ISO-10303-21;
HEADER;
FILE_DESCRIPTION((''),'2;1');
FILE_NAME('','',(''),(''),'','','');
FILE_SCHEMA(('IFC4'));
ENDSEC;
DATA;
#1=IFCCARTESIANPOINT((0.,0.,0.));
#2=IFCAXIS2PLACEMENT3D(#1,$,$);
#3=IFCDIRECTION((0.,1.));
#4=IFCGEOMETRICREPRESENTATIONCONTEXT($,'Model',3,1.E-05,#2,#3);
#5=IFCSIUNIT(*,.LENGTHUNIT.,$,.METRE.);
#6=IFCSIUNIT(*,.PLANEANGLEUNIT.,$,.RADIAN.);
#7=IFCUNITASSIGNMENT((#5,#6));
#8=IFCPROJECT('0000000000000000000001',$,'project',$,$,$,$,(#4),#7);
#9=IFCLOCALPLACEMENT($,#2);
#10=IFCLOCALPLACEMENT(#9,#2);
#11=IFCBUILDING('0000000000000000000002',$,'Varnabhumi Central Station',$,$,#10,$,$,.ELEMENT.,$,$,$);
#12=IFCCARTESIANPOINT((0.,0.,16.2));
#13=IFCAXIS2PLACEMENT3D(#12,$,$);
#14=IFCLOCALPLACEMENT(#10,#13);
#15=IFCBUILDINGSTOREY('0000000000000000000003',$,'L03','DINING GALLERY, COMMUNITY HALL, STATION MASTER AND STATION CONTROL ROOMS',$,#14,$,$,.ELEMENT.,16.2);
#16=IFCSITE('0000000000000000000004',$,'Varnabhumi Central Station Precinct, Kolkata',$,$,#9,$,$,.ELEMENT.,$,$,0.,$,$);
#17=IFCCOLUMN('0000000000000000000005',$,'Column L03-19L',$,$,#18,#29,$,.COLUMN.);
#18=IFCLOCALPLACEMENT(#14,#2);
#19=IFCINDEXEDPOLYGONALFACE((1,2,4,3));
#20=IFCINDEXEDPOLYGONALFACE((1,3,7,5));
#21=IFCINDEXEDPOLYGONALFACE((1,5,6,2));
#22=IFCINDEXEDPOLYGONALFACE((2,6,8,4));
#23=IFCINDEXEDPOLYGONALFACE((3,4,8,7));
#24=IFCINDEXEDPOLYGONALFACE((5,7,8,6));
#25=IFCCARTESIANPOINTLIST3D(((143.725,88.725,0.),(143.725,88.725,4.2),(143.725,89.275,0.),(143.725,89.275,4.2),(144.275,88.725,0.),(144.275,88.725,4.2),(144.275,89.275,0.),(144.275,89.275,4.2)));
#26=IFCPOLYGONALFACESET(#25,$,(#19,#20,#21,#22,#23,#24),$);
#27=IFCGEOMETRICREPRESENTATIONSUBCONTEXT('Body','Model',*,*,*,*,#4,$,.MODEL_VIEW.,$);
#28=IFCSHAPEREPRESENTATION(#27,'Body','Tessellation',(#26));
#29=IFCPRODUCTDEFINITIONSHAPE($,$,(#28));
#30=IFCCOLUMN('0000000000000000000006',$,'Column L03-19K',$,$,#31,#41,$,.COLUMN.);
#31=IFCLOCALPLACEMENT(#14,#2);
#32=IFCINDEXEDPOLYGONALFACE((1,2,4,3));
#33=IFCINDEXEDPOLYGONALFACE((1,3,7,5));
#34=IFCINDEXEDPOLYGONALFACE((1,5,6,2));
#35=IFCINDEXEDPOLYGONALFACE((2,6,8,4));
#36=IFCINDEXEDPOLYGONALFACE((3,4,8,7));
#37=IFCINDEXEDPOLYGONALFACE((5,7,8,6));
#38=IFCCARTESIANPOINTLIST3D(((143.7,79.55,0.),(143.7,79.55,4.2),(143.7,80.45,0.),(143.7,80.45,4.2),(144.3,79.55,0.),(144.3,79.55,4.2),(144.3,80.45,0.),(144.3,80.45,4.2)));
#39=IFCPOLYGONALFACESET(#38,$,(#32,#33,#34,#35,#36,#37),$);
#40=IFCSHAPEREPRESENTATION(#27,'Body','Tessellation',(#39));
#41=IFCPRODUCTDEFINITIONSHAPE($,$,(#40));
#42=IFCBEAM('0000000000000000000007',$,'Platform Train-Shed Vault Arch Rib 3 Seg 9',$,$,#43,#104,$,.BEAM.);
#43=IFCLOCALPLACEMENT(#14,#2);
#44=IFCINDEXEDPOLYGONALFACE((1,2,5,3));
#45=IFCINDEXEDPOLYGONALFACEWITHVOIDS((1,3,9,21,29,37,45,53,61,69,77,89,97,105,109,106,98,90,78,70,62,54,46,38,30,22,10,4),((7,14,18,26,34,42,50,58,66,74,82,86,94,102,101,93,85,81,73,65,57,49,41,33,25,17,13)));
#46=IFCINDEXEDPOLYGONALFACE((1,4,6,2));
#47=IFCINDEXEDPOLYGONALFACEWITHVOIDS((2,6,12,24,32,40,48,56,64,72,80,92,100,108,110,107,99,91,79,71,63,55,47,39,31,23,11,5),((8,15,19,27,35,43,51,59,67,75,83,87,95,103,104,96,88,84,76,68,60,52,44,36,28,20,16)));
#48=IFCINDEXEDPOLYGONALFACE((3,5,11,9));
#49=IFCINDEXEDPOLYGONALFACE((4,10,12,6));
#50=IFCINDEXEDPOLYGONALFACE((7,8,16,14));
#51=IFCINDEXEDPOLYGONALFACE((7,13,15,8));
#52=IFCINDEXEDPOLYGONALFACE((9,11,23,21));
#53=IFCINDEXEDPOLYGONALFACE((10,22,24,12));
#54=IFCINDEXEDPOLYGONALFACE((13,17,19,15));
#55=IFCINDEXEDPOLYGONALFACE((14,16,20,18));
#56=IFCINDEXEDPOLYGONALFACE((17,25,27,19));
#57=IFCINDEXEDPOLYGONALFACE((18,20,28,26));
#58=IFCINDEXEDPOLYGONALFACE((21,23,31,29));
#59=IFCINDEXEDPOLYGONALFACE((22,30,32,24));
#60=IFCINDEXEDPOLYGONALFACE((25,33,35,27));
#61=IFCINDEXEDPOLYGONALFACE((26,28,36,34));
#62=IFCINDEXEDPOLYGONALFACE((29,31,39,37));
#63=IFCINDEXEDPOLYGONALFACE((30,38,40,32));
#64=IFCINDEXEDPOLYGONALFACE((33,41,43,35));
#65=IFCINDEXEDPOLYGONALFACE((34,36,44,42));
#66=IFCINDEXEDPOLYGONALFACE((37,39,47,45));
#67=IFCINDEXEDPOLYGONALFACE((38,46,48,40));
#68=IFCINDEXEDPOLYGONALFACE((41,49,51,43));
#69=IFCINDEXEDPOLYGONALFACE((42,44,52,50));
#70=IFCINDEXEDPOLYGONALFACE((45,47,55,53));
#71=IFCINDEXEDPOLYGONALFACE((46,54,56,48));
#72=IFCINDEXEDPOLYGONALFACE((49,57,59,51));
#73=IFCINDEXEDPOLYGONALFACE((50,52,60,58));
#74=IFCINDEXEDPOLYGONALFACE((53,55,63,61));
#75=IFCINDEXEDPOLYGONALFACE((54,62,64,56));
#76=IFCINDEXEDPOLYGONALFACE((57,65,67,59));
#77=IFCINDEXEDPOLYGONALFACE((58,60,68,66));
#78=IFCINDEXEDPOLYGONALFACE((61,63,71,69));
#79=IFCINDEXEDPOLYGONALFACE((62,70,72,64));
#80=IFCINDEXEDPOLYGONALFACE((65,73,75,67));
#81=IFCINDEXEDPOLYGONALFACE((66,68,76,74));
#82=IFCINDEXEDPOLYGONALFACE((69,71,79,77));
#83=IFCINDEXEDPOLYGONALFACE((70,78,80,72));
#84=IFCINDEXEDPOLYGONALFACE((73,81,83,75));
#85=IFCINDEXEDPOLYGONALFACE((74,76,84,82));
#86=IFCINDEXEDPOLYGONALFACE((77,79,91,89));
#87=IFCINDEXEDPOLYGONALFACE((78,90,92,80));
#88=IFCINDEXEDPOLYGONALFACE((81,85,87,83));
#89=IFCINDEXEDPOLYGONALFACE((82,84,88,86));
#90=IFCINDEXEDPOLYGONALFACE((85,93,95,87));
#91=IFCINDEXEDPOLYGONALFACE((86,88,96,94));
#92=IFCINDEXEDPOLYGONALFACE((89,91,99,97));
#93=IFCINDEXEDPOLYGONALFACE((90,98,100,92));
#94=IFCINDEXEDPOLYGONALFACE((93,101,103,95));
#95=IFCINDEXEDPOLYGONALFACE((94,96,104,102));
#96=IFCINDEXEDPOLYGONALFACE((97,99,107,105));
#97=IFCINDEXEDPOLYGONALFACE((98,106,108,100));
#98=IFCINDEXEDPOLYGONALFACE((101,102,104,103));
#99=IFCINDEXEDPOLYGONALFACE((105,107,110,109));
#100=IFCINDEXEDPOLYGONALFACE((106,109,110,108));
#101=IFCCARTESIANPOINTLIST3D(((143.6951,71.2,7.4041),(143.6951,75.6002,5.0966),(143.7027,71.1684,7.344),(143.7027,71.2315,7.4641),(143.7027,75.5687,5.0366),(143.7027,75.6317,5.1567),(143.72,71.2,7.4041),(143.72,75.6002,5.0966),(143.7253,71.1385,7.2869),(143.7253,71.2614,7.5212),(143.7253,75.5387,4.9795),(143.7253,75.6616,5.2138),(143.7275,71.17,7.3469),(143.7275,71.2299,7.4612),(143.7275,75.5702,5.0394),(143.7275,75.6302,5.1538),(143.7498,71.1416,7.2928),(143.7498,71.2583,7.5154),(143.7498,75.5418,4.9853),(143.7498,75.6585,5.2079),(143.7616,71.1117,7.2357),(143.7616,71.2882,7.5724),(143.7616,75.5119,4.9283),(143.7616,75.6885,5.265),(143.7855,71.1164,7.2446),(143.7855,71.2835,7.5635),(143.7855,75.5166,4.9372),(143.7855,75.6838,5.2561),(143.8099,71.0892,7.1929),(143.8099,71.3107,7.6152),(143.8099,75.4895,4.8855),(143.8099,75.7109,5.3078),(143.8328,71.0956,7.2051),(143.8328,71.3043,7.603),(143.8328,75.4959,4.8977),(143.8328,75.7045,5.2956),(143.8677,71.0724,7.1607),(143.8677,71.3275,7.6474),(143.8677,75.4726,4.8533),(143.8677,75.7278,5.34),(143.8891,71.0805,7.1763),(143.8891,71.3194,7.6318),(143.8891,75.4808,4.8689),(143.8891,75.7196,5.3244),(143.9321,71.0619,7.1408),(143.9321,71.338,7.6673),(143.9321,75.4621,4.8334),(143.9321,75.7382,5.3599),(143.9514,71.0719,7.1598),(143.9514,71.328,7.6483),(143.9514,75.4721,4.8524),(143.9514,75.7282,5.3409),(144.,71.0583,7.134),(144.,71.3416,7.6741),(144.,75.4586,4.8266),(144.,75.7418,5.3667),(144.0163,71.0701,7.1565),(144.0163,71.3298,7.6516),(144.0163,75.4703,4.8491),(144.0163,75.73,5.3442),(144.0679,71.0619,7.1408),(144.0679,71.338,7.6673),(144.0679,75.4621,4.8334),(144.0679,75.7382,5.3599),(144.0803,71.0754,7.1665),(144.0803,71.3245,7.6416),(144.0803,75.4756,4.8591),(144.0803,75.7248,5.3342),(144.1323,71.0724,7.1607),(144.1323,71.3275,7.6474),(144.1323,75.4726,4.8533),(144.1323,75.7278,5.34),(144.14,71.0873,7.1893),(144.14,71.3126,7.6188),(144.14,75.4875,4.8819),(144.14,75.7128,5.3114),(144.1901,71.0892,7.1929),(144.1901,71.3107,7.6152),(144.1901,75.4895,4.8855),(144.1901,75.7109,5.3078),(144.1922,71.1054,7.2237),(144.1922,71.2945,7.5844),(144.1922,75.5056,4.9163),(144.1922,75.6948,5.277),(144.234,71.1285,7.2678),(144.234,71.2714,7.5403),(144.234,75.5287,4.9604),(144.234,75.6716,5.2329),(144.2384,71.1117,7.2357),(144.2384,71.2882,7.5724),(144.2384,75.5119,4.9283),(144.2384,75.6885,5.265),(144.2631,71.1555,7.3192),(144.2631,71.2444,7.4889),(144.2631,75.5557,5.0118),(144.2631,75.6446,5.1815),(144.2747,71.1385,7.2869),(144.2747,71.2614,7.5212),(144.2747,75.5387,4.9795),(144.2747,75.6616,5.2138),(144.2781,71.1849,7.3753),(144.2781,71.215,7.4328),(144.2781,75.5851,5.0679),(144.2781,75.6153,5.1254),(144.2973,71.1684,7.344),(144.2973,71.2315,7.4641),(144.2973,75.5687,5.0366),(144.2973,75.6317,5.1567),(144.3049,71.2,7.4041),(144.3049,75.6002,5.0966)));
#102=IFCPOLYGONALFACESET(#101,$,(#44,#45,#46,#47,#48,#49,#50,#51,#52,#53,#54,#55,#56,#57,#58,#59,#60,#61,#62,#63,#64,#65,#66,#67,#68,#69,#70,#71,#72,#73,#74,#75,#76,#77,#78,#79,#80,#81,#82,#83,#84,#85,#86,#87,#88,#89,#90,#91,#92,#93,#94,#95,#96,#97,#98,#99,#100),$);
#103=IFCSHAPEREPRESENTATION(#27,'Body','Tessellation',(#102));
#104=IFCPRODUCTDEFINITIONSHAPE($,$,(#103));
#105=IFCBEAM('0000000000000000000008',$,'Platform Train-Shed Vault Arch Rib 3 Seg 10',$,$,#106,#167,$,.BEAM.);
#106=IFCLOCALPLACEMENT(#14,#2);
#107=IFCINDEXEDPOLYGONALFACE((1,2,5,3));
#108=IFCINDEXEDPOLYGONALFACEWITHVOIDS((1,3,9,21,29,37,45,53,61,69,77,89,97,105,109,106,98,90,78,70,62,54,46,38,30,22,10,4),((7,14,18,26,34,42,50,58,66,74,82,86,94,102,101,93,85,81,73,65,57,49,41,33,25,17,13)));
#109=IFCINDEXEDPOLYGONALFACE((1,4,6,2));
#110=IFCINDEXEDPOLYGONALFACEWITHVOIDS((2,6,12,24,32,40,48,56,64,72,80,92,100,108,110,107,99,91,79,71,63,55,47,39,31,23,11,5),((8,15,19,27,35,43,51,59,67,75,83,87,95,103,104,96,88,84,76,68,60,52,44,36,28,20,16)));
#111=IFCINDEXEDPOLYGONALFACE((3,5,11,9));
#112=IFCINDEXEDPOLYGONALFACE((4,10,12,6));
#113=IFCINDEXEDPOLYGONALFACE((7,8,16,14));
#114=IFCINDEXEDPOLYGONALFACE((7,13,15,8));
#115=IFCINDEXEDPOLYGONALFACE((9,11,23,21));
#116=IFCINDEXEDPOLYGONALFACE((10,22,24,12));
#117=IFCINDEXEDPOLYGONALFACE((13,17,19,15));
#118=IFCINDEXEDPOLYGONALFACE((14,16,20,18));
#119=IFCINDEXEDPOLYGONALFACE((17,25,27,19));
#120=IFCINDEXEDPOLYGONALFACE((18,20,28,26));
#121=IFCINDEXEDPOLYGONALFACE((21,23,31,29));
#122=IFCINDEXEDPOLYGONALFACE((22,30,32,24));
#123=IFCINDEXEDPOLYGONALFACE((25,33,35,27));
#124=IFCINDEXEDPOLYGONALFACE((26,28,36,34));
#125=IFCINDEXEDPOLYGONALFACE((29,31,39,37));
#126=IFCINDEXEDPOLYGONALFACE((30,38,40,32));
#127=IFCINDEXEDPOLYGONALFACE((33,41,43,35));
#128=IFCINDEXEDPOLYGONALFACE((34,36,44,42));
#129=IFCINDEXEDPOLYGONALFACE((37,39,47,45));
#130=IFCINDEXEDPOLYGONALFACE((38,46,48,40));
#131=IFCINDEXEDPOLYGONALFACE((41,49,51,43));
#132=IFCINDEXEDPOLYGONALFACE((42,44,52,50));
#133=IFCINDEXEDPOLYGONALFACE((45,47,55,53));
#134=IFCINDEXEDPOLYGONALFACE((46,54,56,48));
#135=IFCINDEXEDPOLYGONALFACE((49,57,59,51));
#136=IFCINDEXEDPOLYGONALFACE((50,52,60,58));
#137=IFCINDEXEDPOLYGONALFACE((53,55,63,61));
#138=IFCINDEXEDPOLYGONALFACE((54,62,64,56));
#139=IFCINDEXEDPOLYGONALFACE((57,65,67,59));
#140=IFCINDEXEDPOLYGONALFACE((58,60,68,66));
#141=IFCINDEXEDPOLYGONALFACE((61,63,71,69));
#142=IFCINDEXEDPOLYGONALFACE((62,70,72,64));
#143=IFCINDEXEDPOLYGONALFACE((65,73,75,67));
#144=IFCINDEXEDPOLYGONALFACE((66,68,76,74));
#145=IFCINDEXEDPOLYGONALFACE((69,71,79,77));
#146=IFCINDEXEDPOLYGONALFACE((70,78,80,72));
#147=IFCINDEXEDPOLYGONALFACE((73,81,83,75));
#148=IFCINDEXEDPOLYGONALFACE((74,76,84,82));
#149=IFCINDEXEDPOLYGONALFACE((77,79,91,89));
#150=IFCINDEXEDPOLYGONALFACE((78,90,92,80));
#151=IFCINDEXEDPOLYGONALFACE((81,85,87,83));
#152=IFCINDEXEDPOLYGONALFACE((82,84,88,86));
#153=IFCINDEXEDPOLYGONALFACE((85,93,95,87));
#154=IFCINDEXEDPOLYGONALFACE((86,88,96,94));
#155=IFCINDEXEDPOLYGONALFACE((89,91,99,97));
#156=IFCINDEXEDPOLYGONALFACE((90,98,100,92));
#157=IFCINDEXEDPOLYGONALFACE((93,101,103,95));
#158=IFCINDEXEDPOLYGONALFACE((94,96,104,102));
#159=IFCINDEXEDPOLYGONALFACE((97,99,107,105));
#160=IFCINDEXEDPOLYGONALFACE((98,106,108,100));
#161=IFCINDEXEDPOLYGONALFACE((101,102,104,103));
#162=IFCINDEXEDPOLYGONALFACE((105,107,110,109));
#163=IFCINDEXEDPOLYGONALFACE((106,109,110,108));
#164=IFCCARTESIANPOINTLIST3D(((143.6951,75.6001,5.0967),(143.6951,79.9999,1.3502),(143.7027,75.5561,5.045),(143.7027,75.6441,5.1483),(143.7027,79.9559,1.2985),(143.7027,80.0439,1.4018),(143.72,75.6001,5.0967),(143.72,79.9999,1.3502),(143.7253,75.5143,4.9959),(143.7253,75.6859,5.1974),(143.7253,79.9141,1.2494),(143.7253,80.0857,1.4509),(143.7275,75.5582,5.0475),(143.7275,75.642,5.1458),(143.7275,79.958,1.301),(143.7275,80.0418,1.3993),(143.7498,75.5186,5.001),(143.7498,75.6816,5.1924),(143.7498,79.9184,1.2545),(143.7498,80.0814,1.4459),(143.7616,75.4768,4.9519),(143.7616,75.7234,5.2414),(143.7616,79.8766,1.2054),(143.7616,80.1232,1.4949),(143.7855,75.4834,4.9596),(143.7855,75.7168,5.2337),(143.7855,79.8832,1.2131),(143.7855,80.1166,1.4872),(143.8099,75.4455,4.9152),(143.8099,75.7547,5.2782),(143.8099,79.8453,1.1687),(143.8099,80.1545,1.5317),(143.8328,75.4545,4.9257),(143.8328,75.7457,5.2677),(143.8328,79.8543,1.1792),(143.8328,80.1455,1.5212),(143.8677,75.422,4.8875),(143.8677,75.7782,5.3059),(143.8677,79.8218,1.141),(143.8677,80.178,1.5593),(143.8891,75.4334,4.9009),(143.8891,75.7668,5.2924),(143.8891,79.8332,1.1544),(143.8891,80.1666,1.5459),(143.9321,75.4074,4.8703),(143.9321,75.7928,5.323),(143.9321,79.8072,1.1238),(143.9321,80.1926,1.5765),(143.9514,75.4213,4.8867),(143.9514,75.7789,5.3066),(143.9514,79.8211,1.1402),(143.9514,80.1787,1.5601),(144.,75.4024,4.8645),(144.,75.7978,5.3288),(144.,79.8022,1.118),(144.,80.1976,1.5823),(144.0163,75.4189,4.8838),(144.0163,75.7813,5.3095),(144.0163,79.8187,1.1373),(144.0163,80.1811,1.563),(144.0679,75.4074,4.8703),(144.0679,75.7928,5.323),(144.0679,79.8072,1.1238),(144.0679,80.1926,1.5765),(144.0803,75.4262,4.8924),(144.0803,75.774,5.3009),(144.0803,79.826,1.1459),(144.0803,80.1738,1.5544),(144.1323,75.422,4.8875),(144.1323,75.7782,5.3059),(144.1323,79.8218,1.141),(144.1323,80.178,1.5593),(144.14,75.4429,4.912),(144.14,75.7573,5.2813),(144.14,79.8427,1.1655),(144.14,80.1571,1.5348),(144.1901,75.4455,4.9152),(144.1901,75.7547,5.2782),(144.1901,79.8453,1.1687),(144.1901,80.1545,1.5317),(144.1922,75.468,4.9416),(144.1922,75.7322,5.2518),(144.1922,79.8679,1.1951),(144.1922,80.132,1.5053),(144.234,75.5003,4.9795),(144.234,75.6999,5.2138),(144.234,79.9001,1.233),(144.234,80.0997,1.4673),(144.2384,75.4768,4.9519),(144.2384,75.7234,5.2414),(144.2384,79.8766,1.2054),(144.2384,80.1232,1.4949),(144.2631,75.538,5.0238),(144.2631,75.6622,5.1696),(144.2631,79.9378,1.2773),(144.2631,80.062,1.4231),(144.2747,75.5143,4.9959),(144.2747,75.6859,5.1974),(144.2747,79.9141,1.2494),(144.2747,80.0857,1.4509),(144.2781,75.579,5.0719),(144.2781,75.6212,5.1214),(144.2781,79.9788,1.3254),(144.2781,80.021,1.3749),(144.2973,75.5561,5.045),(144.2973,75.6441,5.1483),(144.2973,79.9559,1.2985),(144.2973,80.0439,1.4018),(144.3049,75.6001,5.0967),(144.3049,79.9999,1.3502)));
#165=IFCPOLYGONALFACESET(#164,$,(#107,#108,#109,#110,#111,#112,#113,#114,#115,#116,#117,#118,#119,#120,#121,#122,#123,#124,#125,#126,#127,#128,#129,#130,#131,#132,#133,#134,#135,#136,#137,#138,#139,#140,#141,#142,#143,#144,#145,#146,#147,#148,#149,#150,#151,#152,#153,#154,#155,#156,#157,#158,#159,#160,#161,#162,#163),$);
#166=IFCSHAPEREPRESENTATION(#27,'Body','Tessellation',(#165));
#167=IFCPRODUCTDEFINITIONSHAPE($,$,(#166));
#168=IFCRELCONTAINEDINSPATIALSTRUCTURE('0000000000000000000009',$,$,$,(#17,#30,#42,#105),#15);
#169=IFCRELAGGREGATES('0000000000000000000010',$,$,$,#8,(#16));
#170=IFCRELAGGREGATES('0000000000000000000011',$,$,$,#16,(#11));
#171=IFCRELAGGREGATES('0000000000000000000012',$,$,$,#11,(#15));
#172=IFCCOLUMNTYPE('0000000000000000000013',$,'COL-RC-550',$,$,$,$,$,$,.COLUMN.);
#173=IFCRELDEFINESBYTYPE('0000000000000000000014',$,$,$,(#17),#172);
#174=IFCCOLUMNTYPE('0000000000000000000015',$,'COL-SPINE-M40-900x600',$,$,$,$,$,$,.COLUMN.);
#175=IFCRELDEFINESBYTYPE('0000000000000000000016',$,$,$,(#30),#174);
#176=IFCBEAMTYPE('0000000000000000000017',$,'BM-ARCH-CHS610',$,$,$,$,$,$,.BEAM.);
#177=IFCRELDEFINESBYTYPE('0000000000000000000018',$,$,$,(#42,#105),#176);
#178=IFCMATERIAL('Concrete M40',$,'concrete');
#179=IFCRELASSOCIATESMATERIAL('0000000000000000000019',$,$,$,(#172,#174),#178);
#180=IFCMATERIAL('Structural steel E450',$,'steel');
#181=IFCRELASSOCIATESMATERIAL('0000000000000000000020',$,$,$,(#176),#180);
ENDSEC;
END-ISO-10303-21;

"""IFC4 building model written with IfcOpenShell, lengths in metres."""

from ifc_helpers import new_model, si_unit, direction, frame, origin, origin_2d, place, context, subcontext, project, spatial, rectangle, hollow_circle, extrude, material, material_profile, profile_set, type_object, element, save


model = new_model("IFC4")

# Units and contexts
model_context = context("Model", 3, precision=1e-05, world=origin(), true_north=direction((0.0, 1.0)))
body_context = subcontext(model_context, "Body", "Model", "MODEL_VIEW")
ifc_project = project(units=[si_unit("LENGTHUNIT", "METRE"), si_unit("PLANEANGLEUNIT", "RADIAN")], contexts=[model_context])

# Site, building, storey
site_placement = place(None, origin())
site = spatial("IfcSite", under=ifc_project, at=site_placement, Name="Varnabhumi Central Station Precinct, Kolkata", CompositionType="ELEMENT", RefElevation=0.0)
building_placement = place(site_placement, origin())
building = spatial("IfcBuilding", under=site, at=building_placement, Name="Varnabhumi Central Station", CompositionType="ELEMENT")
storey_placement = place(building_placement, frame((0.0, 0.0, 16.2)))
storey = spatial("IfcBuildingStorey", under=building, at=storey_placement, Name="L03", Description="DINING GALLERY, COMMUNITY HALL, STATION MASTER AND STATION CONTROL ROOMS", CompositionType="ELEMENT", Elevation=16.2)

# Columns
ifc_material_1 = material(Name="Concrete M40", Category="concrete")
ifc_material_profile_1 = material_profile(ifc_material_1, rectangle(XDim=0.55, YDim=0.55, at=origin_2d()), Name="Concrete M40", Category="concrete")
ifc_profile_set_1 = profile_set([ifc_material_profile_1], Name="Concrete M40")
column_type_1 = type_object("IfcColumnType", Name="COL-RC-550", PredefinedType="COLUMN", material=ifc_profile_set_1)
column_1_placement = place(storey_placement, frame((144.0, 89.0, 0.0), z_axis=(0.0, 0.0, 1.0), x_axis=(1.0, 0.0, 0.0)))
element("IfcColumn", 1, at=column_1_placement, inside=storey, type_object=column_type_1, Name="Column L03-19L", PredefinedType="COLUMN", context=body_context, shape_type="SweptSolid", body=[
    extrude(rectangle(XDim=0.55, YDim=0.55, at=origin_2d()), origin(), (0.0, 0.0, 1.0), 4.2),
])
ifc_material_profile_2 = material_profile(ifc_material_1, rectangle(XDim=0.6001, YDim=0.8999, at=origin_2d()), Name="Concrete M40", Category="concrete")
ifc_profile_set_2 = profile_set([ifc_material_profile_2], Name="Concrete M40")
column_type_2 = type_object("IfcColumnType", Name="COL-SPINE-M40-900x600", PredefinedType="COLUMN", material=ifc_profile_set_2)
column_2_placement = place(storey_placement, frame((144.0, 80.0, 0.0), z_axis=(0.0, 0.0, 1.0), x_axis=(1.0, 0.0, 0.0)))
element("IfcColumn", 2, at=column_2_placement, inside=storey, type_object=column_type_2, Name="Column L03-19K", PredefinedType="COLUMN", context=body_context, shape_type="SweptSolid", body=[
    extrude(rectangle(XDim=0.6001, YDim=0.8999, at=origin_2d()), origin(), (0.0, 0.0, 1.0), 4.2),
])

# Beams
ifc_material_2 = material(Name="Structural steel E450", Category="steel")
ifc_material_profile_3 = material_profile(ifc_material_2, hollow_circle(Radius=0.3049, WallThickness=0.0249, at=origin_2d()), Name="Structural steel E450", Category="steel")
ifc_profile_set_3 = profile_set([ifc_material_profile_3], Name="Structural steel E450")
beam_type_1 = type_object("IfcBeamType", Name="BM-ARCH-CHS610", PredefinedType="BEAM", material=ifc_profile_set_3)
beam_1_placement = place(storey_placement, frame((144.0, 71.2, 7.4041), z_axis=(0.0, 0.885622, -0.464407), x_axis=(-1.0, 0.0, 0.0)))
element("IfcBeam", 3, at=beam_1_placement, inside=storey, type_object=beam_type_1, Name="Platform Train-Shed Vault Arch Rib 3 Seg 9", PredefinedType="BEAM", context=body_context, shape_type="SweptSolid", body=[
    extrude(hollow_circle(Radius=0.3049, WallThickness=0.0249, at=origin_2d()), origin(), (0.0, 0.0, 1.0), 4.9685),
])
beam_2_placement = place(storey_placement, frame((144.0, 75.6001, 5.0967), z_axis=(0.0, 0.76137, -0.648318), x_axis=(-1.0, 0.0, 0.0)))
element("IfcBeam", 4, at=beam_2_placement, inside=storey, type_object=beam_type_1, Name="Platform Train-Shed Vault Arch Rib 3 Seg 10", PredefinedType="BEAM", context=body_context, shape_type="SweptSolid", body=[
    extrude(hollow_circle(Radius=0.3049, WallThickness=0.0249, at=origin_2d()), origin(), (0.0, 0.0, 1.0), 5.7788),
])

save(model, "model.ifc")
